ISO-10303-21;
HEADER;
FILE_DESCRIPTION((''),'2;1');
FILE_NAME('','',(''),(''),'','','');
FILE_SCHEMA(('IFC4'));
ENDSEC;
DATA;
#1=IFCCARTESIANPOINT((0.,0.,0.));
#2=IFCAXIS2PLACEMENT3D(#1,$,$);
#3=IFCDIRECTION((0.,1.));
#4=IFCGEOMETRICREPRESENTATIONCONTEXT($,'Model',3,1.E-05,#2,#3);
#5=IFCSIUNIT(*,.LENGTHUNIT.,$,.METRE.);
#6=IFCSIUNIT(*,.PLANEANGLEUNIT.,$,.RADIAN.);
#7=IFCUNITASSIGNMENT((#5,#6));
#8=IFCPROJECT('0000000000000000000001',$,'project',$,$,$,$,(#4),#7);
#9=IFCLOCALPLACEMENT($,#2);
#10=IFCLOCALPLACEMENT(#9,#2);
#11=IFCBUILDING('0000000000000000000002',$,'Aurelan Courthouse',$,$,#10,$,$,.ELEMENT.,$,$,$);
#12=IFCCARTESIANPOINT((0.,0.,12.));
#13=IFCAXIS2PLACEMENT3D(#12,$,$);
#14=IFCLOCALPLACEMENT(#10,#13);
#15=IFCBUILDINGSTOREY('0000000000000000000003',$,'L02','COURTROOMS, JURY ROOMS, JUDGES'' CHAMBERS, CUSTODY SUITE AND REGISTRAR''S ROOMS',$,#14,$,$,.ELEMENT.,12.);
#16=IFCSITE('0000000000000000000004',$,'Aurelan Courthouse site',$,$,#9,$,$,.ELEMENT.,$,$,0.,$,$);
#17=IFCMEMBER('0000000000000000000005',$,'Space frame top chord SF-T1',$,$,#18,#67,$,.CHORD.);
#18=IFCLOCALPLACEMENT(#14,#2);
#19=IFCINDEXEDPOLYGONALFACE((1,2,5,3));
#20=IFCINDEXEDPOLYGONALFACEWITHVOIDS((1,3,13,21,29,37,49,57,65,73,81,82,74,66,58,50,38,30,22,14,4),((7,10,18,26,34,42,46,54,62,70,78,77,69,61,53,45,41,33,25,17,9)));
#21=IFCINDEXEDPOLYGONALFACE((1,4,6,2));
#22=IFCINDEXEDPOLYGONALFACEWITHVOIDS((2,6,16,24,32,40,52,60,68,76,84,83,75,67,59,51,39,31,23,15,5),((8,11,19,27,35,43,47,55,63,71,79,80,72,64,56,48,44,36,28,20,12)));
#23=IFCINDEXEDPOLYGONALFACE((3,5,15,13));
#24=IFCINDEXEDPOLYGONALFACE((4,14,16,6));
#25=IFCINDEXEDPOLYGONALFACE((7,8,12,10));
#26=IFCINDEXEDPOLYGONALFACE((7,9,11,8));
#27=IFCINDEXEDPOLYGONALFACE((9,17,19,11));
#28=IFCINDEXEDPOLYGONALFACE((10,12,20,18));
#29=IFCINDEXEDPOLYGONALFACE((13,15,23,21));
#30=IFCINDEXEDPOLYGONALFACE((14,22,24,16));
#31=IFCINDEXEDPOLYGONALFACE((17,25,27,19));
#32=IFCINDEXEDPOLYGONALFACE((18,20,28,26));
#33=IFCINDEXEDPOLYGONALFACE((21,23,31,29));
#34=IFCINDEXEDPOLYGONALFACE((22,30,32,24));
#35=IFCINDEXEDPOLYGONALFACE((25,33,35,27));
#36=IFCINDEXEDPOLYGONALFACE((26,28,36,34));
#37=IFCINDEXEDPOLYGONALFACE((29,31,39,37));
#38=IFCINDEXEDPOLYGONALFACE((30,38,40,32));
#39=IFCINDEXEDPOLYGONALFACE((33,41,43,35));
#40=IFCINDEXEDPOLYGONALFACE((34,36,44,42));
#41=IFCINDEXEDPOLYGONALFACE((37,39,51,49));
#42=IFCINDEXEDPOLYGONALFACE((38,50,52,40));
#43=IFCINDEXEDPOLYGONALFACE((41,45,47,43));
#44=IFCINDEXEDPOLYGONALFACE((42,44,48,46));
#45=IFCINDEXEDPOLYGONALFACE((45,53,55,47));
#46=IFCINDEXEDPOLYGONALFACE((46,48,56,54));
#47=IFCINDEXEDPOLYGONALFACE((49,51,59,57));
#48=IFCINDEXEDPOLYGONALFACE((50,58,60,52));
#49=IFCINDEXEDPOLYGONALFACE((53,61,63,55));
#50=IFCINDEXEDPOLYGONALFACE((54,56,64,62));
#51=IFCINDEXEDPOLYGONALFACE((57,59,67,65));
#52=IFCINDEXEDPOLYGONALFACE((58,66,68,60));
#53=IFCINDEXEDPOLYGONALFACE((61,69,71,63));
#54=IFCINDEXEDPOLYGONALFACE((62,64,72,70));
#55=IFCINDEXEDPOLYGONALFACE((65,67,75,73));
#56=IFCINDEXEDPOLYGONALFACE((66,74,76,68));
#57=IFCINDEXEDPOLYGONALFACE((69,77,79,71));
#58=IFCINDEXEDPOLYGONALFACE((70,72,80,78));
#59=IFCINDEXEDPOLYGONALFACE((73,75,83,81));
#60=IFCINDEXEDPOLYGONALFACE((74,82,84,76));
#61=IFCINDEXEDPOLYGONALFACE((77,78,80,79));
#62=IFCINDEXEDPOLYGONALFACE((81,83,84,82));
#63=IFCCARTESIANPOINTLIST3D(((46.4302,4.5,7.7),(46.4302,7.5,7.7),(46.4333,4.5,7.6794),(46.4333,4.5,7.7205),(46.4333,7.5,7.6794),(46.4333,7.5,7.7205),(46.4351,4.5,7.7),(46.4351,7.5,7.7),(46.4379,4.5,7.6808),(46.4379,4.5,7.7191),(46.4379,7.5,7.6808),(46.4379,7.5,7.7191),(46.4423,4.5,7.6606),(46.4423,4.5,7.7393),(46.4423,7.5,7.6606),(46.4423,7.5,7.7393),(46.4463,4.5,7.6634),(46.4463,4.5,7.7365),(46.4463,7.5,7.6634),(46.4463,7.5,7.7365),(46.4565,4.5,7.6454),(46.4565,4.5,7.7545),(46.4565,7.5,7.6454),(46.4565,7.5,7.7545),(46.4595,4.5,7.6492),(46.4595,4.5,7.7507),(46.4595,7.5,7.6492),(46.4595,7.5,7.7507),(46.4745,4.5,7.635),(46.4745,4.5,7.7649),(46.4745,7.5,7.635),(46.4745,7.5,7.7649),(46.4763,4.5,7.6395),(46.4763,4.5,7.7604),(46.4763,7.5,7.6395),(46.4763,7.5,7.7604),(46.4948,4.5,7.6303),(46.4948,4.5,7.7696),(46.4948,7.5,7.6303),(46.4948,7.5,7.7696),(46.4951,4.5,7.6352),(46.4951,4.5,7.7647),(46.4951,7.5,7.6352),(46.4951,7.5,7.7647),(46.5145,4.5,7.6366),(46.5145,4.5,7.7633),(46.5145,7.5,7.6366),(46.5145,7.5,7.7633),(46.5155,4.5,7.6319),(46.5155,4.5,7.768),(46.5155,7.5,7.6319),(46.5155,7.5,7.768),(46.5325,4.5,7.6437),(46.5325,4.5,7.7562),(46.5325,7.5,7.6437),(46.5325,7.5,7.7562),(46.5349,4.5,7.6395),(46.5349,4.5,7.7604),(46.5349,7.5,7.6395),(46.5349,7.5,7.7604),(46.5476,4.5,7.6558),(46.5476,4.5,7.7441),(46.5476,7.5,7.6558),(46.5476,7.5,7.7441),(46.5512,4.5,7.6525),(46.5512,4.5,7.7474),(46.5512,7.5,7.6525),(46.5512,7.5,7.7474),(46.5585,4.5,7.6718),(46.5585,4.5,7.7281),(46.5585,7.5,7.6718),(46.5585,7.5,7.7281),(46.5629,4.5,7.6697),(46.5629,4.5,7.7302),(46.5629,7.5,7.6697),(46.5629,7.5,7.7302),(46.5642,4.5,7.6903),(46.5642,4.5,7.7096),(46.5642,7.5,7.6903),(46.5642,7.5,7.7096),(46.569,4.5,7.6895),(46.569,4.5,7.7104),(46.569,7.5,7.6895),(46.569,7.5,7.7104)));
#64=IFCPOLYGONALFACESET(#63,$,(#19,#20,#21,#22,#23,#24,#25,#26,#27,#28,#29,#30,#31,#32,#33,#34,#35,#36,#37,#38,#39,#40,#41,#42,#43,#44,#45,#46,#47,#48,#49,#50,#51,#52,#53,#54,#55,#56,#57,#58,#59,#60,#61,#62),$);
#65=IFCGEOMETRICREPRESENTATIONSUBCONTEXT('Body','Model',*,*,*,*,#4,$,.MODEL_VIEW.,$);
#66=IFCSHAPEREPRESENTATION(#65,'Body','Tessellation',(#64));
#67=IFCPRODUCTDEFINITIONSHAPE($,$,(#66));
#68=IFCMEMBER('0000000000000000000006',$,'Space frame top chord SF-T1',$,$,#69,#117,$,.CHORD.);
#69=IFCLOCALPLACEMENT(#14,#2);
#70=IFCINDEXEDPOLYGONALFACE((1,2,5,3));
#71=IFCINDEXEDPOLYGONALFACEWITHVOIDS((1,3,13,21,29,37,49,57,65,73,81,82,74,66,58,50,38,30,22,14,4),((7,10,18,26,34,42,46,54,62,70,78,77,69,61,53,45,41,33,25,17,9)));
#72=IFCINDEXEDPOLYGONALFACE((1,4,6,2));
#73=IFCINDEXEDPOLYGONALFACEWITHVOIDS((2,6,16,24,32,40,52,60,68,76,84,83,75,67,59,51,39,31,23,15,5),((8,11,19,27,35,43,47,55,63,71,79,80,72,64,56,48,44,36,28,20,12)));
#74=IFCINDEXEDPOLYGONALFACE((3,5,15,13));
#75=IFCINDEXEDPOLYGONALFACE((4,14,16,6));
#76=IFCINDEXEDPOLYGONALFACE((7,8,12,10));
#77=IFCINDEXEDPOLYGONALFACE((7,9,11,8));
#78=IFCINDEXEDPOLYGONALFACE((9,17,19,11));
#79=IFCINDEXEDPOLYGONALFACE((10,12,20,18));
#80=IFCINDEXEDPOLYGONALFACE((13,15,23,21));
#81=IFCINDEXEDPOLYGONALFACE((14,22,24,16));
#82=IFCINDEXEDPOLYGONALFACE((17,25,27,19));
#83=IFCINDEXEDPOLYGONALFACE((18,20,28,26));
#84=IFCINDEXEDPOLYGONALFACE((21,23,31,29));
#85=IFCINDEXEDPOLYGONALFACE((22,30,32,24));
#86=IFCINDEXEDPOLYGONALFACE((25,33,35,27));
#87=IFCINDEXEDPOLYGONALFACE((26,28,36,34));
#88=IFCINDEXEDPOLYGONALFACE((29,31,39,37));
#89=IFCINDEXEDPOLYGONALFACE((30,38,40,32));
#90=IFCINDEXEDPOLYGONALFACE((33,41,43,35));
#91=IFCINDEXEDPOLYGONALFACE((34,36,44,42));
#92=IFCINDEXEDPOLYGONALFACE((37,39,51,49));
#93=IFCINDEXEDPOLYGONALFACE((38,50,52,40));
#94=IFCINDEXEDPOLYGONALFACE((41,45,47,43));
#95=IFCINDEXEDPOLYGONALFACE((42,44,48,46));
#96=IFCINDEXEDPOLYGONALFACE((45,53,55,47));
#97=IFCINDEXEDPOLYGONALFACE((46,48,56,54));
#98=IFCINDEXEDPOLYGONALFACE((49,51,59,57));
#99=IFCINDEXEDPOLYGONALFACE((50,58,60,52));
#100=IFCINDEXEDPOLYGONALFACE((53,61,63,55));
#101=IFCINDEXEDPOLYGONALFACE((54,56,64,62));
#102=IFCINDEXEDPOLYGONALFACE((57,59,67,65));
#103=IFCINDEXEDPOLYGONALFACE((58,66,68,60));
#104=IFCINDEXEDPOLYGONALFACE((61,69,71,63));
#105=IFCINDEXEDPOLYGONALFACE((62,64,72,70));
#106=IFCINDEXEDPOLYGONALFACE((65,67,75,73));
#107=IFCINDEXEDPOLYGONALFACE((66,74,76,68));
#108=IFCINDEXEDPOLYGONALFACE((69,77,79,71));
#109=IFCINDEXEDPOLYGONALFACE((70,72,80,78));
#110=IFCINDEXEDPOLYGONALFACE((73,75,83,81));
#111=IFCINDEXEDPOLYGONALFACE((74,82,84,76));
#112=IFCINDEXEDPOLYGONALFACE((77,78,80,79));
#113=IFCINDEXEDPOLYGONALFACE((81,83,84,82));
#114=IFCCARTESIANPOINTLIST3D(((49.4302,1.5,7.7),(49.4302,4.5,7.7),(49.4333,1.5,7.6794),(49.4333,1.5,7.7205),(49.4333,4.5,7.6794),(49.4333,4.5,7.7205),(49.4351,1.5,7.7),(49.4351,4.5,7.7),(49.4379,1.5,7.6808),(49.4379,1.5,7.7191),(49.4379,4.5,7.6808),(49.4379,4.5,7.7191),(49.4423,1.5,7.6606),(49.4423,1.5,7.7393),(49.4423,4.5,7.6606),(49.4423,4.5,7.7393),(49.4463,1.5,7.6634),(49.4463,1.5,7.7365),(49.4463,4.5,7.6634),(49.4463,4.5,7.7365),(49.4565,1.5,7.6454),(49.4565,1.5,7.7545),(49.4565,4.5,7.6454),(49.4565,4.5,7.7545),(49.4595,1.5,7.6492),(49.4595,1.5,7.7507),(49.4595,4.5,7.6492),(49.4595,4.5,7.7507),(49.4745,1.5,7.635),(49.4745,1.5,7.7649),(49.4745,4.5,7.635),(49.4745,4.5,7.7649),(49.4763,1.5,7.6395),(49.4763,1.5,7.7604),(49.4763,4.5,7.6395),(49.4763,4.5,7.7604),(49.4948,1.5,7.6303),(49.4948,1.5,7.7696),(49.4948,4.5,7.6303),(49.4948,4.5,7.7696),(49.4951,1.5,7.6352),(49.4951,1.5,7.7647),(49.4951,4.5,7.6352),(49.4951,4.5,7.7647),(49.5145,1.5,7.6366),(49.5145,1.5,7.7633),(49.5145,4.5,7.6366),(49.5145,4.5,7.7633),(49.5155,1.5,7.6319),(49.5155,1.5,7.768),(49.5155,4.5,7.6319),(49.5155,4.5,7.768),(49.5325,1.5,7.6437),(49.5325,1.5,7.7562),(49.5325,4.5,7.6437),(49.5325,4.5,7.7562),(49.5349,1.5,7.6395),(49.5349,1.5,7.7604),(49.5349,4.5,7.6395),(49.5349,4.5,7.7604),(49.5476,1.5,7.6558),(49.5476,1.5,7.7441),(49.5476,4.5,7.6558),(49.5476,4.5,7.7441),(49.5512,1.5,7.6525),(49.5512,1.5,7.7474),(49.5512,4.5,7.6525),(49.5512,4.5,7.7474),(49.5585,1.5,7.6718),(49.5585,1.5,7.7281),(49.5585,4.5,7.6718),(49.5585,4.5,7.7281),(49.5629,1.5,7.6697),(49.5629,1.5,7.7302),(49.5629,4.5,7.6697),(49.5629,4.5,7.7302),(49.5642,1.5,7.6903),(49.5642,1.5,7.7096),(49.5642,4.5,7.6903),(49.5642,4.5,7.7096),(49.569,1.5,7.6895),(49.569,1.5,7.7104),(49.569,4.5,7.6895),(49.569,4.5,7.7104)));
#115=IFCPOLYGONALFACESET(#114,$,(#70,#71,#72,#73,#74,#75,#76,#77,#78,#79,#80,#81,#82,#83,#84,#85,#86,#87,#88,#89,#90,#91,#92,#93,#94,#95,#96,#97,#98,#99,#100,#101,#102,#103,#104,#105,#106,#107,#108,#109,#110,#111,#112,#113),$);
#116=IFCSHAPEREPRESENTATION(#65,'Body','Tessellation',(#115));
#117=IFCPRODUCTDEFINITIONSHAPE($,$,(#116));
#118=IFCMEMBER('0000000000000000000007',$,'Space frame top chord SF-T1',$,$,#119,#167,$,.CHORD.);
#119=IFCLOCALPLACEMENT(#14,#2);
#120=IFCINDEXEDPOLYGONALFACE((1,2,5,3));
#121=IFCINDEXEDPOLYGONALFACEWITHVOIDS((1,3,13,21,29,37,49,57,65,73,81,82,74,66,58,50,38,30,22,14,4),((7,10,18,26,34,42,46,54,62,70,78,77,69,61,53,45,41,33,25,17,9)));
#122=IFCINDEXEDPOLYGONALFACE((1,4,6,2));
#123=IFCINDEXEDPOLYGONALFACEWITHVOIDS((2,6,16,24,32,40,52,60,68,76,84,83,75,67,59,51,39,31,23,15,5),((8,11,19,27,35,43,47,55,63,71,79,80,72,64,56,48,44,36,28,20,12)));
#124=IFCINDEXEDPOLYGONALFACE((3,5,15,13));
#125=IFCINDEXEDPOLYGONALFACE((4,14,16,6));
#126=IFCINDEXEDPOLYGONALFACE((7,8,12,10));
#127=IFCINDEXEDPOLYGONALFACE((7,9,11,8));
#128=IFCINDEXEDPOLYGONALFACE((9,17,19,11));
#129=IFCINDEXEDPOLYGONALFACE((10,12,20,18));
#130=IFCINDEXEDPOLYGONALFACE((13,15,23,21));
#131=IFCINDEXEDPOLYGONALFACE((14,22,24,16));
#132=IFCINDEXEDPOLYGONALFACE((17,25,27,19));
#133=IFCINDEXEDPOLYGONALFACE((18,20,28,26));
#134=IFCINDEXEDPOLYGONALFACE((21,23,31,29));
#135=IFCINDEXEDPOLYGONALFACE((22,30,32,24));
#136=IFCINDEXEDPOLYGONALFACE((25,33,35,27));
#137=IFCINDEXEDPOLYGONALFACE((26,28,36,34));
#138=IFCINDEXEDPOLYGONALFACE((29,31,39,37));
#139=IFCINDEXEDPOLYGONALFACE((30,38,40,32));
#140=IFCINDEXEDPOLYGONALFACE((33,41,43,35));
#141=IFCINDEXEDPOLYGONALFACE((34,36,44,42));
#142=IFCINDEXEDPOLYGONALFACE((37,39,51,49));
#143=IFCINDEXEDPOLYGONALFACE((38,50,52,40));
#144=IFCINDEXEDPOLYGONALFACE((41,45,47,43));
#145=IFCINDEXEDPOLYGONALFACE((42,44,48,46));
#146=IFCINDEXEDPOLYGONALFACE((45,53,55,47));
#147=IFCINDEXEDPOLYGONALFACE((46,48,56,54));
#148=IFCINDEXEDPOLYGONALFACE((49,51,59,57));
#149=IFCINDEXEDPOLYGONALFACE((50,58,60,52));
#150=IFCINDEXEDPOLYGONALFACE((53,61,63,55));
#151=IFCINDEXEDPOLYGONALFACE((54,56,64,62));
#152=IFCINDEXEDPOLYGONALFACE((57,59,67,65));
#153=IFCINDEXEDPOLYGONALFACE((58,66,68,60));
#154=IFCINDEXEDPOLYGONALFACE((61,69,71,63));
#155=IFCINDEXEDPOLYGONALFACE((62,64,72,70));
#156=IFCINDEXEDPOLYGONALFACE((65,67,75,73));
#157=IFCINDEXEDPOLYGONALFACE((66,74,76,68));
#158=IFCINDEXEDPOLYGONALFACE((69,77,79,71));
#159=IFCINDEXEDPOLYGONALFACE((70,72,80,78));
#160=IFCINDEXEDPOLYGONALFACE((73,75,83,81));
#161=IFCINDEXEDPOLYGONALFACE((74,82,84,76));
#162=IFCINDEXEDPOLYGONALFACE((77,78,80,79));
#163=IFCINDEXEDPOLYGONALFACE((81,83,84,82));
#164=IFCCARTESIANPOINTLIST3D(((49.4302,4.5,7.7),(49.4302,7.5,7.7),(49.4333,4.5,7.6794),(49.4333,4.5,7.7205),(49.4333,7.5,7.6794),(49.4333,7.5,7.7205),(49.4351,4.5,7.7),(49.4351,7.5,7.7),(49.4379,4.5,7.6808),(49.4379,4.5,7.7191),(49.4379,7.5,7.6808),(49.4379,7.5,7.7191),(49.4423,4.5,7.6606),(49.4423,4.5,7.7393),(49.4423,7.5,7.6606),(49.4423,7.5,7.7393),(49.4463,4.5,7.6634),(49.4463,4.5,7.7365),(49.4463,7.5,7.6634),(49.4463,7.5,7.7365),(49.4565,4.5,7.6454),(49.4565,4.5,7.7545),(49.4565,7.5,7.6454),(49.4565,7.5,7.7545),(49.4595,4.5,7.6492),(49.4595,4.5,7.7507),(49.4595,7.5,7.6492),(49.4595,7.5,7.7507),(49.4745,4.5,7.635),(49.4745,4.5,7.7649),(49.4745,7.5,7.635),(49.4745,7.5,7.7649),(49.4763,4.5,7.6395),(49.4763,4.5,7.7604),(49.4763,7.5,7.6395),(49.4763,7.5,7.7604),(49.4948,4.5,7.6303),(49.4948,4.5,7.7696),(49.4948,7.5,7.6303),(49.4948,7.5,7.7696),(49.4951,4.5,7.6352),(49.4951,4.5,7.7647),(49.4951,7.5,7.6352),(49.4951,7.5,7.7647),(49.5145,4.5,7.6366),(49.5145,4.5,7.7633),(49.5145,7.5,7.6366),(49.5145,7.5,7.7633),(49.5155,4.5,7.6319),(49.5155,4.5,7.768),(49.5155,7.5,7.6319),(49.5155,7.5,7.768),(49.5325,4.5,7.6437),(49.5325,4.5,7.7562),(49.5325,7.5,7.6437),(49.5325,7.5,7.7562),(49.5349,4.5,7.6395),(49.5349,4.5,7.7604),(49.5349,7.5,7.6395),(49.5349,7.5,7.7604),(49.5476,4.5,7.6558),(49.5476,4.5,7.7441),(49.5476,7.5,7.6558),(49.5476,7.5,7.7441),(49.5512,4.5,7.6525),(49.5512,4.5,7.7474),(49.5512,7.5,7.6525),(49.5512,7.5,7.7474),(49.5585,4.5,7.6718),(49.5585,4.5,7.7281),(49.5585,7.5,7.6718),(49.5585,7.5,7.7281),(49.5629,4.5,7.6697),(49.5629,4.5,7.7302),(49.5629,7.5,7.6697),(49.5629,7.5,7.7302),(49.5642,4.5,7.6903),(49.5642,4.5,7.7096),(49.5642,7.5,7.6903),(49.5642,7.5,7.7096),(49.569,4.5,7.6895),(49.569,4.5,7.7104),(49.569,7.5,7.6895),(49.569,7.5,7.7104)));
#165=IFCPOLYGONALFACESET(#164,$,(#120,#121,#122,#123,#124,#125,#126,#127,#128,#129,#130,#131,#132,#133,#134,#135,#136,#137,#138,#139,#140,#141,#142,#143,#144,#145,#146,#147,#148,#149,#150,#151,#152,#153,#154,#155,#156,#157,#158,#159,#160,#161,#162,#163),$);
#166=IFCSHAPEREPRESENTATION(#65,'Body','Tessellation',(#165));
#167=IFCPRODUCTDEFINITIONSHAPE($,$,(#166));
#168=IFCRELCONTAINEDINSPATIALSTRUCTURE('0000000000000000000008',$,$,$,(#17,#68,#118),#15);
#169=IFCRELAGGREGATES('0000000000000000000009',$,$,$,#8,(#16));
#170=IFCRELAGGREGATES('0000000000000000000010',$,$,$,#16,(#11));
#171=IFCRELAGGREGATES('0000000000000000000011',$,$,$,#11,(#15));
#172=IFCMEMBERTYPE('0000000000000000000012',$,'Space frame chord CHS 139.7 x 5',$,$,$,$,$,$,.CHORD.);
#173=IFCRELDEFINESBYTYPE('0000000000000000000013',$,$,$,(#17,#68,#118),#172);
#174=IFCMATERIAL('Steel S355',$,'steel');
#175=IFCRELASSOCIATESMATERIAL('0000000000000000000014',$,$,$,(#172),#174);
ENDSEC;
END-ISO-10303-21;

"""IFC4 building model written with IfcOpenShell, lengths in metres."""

from ifc_helpers import new_model, si_unit, direction, frame, origin, origin_2d, place, context, subcontext, project, spatial, hollow_circle, extrude, material, material_profile, profile_set, type_object, element, save


model = new_model("IFC4")

# Units and contexts
model_context = context("Model", 3, precision=1e-05, world=origin(), true_north=direction((0.0, 1.0)))
body_context = subcontext(model_context, "Body", "Model", "MODEL_VIEW")
ifc_project = project(units=[si_unit("LENGTHUNIT", "METRE"), si_unit("PLANEANGLEUNIT", "RADIAN")], contexts=[model_context])

# Site, building, storey
site_placement = place(None, origin())
site = spatial("IfcSite", under=ifc_project, at=site_placement, Name="Aurelan Courthouse site", CompositionType="ELEMENT", RefElevation=0.0)
building_placement = place(site_placement, origin())
building = spatial("IfcBuilding", under=site, at=building_placement, Name="Aurelan Courthouse", CompositionType="ELEMENT")
storey_placement = place(building_placement, frame((0.0, 0.0, 12.0)))
storey = spatial("IfcBuildingStorey", under=building, at=storey_placement, Name="L02", Description="COURTROOMS, JURY ROOMS, JUDGES' CHAMBERS, CUSTODY SUITE AND REGISTRAR'S ROOMS", CompositionType="ELEMENT", Elevation=12.0)

# Members
ifc_material_1 = material(Name="Steel S355", Category="steel")
ifc_material_profile_1 = material_profile(ifc_material_1, hollow_circle(Radius=0.0698, WallThickness=0.0049, at=origin_2d()), Name="CHS 139.7 x 5")
ifc_profile_set_1 = profile_set([ifc_material_profile_1], Name="Steel S355")
member_type_1 = type_object("IfcMemberType", Name="Space frame chord CHS 139.7 x 5", PredefinedType="CHORD", material=ifc_profile_set_1)
for number, where, z_axis, x_axis, name in (
    (1, (46.5, 4.5, 7.7), (0.0, 1.0, 0.0), (-1.0, 0.0, 0.0), "Space frame top chord SF-T1"),
    (2, (49.5, 1.5, 7.7), (0.0, 1.0, 0.0), (-1.0, 0.0, 0.0), "Space frame top chord SF-T1"),
    (3, (49.5, 4.5, 7.7), (0.0, 1.0, 0.0), (-1.0, 0.0, 0.0), "Space frame top chord SF-T1"),
):
    element("IfcMember", number, at=place(storey_placement, frame(where, z_axis=z_axis, x_axis=x_axis)), inside=storey, type_object=member_type_1, Name=name, PredefinedType="CHORD", context=body_context, shape_type="SweptSolid", body=[
        extrude(hollow_circle(Radius=0.0698, WallThickness=0.0049, at=origin_2d()), origin(), (0.0, 0.0, 1.0), 3.0),
    ])

save(model, "model.ifc")
